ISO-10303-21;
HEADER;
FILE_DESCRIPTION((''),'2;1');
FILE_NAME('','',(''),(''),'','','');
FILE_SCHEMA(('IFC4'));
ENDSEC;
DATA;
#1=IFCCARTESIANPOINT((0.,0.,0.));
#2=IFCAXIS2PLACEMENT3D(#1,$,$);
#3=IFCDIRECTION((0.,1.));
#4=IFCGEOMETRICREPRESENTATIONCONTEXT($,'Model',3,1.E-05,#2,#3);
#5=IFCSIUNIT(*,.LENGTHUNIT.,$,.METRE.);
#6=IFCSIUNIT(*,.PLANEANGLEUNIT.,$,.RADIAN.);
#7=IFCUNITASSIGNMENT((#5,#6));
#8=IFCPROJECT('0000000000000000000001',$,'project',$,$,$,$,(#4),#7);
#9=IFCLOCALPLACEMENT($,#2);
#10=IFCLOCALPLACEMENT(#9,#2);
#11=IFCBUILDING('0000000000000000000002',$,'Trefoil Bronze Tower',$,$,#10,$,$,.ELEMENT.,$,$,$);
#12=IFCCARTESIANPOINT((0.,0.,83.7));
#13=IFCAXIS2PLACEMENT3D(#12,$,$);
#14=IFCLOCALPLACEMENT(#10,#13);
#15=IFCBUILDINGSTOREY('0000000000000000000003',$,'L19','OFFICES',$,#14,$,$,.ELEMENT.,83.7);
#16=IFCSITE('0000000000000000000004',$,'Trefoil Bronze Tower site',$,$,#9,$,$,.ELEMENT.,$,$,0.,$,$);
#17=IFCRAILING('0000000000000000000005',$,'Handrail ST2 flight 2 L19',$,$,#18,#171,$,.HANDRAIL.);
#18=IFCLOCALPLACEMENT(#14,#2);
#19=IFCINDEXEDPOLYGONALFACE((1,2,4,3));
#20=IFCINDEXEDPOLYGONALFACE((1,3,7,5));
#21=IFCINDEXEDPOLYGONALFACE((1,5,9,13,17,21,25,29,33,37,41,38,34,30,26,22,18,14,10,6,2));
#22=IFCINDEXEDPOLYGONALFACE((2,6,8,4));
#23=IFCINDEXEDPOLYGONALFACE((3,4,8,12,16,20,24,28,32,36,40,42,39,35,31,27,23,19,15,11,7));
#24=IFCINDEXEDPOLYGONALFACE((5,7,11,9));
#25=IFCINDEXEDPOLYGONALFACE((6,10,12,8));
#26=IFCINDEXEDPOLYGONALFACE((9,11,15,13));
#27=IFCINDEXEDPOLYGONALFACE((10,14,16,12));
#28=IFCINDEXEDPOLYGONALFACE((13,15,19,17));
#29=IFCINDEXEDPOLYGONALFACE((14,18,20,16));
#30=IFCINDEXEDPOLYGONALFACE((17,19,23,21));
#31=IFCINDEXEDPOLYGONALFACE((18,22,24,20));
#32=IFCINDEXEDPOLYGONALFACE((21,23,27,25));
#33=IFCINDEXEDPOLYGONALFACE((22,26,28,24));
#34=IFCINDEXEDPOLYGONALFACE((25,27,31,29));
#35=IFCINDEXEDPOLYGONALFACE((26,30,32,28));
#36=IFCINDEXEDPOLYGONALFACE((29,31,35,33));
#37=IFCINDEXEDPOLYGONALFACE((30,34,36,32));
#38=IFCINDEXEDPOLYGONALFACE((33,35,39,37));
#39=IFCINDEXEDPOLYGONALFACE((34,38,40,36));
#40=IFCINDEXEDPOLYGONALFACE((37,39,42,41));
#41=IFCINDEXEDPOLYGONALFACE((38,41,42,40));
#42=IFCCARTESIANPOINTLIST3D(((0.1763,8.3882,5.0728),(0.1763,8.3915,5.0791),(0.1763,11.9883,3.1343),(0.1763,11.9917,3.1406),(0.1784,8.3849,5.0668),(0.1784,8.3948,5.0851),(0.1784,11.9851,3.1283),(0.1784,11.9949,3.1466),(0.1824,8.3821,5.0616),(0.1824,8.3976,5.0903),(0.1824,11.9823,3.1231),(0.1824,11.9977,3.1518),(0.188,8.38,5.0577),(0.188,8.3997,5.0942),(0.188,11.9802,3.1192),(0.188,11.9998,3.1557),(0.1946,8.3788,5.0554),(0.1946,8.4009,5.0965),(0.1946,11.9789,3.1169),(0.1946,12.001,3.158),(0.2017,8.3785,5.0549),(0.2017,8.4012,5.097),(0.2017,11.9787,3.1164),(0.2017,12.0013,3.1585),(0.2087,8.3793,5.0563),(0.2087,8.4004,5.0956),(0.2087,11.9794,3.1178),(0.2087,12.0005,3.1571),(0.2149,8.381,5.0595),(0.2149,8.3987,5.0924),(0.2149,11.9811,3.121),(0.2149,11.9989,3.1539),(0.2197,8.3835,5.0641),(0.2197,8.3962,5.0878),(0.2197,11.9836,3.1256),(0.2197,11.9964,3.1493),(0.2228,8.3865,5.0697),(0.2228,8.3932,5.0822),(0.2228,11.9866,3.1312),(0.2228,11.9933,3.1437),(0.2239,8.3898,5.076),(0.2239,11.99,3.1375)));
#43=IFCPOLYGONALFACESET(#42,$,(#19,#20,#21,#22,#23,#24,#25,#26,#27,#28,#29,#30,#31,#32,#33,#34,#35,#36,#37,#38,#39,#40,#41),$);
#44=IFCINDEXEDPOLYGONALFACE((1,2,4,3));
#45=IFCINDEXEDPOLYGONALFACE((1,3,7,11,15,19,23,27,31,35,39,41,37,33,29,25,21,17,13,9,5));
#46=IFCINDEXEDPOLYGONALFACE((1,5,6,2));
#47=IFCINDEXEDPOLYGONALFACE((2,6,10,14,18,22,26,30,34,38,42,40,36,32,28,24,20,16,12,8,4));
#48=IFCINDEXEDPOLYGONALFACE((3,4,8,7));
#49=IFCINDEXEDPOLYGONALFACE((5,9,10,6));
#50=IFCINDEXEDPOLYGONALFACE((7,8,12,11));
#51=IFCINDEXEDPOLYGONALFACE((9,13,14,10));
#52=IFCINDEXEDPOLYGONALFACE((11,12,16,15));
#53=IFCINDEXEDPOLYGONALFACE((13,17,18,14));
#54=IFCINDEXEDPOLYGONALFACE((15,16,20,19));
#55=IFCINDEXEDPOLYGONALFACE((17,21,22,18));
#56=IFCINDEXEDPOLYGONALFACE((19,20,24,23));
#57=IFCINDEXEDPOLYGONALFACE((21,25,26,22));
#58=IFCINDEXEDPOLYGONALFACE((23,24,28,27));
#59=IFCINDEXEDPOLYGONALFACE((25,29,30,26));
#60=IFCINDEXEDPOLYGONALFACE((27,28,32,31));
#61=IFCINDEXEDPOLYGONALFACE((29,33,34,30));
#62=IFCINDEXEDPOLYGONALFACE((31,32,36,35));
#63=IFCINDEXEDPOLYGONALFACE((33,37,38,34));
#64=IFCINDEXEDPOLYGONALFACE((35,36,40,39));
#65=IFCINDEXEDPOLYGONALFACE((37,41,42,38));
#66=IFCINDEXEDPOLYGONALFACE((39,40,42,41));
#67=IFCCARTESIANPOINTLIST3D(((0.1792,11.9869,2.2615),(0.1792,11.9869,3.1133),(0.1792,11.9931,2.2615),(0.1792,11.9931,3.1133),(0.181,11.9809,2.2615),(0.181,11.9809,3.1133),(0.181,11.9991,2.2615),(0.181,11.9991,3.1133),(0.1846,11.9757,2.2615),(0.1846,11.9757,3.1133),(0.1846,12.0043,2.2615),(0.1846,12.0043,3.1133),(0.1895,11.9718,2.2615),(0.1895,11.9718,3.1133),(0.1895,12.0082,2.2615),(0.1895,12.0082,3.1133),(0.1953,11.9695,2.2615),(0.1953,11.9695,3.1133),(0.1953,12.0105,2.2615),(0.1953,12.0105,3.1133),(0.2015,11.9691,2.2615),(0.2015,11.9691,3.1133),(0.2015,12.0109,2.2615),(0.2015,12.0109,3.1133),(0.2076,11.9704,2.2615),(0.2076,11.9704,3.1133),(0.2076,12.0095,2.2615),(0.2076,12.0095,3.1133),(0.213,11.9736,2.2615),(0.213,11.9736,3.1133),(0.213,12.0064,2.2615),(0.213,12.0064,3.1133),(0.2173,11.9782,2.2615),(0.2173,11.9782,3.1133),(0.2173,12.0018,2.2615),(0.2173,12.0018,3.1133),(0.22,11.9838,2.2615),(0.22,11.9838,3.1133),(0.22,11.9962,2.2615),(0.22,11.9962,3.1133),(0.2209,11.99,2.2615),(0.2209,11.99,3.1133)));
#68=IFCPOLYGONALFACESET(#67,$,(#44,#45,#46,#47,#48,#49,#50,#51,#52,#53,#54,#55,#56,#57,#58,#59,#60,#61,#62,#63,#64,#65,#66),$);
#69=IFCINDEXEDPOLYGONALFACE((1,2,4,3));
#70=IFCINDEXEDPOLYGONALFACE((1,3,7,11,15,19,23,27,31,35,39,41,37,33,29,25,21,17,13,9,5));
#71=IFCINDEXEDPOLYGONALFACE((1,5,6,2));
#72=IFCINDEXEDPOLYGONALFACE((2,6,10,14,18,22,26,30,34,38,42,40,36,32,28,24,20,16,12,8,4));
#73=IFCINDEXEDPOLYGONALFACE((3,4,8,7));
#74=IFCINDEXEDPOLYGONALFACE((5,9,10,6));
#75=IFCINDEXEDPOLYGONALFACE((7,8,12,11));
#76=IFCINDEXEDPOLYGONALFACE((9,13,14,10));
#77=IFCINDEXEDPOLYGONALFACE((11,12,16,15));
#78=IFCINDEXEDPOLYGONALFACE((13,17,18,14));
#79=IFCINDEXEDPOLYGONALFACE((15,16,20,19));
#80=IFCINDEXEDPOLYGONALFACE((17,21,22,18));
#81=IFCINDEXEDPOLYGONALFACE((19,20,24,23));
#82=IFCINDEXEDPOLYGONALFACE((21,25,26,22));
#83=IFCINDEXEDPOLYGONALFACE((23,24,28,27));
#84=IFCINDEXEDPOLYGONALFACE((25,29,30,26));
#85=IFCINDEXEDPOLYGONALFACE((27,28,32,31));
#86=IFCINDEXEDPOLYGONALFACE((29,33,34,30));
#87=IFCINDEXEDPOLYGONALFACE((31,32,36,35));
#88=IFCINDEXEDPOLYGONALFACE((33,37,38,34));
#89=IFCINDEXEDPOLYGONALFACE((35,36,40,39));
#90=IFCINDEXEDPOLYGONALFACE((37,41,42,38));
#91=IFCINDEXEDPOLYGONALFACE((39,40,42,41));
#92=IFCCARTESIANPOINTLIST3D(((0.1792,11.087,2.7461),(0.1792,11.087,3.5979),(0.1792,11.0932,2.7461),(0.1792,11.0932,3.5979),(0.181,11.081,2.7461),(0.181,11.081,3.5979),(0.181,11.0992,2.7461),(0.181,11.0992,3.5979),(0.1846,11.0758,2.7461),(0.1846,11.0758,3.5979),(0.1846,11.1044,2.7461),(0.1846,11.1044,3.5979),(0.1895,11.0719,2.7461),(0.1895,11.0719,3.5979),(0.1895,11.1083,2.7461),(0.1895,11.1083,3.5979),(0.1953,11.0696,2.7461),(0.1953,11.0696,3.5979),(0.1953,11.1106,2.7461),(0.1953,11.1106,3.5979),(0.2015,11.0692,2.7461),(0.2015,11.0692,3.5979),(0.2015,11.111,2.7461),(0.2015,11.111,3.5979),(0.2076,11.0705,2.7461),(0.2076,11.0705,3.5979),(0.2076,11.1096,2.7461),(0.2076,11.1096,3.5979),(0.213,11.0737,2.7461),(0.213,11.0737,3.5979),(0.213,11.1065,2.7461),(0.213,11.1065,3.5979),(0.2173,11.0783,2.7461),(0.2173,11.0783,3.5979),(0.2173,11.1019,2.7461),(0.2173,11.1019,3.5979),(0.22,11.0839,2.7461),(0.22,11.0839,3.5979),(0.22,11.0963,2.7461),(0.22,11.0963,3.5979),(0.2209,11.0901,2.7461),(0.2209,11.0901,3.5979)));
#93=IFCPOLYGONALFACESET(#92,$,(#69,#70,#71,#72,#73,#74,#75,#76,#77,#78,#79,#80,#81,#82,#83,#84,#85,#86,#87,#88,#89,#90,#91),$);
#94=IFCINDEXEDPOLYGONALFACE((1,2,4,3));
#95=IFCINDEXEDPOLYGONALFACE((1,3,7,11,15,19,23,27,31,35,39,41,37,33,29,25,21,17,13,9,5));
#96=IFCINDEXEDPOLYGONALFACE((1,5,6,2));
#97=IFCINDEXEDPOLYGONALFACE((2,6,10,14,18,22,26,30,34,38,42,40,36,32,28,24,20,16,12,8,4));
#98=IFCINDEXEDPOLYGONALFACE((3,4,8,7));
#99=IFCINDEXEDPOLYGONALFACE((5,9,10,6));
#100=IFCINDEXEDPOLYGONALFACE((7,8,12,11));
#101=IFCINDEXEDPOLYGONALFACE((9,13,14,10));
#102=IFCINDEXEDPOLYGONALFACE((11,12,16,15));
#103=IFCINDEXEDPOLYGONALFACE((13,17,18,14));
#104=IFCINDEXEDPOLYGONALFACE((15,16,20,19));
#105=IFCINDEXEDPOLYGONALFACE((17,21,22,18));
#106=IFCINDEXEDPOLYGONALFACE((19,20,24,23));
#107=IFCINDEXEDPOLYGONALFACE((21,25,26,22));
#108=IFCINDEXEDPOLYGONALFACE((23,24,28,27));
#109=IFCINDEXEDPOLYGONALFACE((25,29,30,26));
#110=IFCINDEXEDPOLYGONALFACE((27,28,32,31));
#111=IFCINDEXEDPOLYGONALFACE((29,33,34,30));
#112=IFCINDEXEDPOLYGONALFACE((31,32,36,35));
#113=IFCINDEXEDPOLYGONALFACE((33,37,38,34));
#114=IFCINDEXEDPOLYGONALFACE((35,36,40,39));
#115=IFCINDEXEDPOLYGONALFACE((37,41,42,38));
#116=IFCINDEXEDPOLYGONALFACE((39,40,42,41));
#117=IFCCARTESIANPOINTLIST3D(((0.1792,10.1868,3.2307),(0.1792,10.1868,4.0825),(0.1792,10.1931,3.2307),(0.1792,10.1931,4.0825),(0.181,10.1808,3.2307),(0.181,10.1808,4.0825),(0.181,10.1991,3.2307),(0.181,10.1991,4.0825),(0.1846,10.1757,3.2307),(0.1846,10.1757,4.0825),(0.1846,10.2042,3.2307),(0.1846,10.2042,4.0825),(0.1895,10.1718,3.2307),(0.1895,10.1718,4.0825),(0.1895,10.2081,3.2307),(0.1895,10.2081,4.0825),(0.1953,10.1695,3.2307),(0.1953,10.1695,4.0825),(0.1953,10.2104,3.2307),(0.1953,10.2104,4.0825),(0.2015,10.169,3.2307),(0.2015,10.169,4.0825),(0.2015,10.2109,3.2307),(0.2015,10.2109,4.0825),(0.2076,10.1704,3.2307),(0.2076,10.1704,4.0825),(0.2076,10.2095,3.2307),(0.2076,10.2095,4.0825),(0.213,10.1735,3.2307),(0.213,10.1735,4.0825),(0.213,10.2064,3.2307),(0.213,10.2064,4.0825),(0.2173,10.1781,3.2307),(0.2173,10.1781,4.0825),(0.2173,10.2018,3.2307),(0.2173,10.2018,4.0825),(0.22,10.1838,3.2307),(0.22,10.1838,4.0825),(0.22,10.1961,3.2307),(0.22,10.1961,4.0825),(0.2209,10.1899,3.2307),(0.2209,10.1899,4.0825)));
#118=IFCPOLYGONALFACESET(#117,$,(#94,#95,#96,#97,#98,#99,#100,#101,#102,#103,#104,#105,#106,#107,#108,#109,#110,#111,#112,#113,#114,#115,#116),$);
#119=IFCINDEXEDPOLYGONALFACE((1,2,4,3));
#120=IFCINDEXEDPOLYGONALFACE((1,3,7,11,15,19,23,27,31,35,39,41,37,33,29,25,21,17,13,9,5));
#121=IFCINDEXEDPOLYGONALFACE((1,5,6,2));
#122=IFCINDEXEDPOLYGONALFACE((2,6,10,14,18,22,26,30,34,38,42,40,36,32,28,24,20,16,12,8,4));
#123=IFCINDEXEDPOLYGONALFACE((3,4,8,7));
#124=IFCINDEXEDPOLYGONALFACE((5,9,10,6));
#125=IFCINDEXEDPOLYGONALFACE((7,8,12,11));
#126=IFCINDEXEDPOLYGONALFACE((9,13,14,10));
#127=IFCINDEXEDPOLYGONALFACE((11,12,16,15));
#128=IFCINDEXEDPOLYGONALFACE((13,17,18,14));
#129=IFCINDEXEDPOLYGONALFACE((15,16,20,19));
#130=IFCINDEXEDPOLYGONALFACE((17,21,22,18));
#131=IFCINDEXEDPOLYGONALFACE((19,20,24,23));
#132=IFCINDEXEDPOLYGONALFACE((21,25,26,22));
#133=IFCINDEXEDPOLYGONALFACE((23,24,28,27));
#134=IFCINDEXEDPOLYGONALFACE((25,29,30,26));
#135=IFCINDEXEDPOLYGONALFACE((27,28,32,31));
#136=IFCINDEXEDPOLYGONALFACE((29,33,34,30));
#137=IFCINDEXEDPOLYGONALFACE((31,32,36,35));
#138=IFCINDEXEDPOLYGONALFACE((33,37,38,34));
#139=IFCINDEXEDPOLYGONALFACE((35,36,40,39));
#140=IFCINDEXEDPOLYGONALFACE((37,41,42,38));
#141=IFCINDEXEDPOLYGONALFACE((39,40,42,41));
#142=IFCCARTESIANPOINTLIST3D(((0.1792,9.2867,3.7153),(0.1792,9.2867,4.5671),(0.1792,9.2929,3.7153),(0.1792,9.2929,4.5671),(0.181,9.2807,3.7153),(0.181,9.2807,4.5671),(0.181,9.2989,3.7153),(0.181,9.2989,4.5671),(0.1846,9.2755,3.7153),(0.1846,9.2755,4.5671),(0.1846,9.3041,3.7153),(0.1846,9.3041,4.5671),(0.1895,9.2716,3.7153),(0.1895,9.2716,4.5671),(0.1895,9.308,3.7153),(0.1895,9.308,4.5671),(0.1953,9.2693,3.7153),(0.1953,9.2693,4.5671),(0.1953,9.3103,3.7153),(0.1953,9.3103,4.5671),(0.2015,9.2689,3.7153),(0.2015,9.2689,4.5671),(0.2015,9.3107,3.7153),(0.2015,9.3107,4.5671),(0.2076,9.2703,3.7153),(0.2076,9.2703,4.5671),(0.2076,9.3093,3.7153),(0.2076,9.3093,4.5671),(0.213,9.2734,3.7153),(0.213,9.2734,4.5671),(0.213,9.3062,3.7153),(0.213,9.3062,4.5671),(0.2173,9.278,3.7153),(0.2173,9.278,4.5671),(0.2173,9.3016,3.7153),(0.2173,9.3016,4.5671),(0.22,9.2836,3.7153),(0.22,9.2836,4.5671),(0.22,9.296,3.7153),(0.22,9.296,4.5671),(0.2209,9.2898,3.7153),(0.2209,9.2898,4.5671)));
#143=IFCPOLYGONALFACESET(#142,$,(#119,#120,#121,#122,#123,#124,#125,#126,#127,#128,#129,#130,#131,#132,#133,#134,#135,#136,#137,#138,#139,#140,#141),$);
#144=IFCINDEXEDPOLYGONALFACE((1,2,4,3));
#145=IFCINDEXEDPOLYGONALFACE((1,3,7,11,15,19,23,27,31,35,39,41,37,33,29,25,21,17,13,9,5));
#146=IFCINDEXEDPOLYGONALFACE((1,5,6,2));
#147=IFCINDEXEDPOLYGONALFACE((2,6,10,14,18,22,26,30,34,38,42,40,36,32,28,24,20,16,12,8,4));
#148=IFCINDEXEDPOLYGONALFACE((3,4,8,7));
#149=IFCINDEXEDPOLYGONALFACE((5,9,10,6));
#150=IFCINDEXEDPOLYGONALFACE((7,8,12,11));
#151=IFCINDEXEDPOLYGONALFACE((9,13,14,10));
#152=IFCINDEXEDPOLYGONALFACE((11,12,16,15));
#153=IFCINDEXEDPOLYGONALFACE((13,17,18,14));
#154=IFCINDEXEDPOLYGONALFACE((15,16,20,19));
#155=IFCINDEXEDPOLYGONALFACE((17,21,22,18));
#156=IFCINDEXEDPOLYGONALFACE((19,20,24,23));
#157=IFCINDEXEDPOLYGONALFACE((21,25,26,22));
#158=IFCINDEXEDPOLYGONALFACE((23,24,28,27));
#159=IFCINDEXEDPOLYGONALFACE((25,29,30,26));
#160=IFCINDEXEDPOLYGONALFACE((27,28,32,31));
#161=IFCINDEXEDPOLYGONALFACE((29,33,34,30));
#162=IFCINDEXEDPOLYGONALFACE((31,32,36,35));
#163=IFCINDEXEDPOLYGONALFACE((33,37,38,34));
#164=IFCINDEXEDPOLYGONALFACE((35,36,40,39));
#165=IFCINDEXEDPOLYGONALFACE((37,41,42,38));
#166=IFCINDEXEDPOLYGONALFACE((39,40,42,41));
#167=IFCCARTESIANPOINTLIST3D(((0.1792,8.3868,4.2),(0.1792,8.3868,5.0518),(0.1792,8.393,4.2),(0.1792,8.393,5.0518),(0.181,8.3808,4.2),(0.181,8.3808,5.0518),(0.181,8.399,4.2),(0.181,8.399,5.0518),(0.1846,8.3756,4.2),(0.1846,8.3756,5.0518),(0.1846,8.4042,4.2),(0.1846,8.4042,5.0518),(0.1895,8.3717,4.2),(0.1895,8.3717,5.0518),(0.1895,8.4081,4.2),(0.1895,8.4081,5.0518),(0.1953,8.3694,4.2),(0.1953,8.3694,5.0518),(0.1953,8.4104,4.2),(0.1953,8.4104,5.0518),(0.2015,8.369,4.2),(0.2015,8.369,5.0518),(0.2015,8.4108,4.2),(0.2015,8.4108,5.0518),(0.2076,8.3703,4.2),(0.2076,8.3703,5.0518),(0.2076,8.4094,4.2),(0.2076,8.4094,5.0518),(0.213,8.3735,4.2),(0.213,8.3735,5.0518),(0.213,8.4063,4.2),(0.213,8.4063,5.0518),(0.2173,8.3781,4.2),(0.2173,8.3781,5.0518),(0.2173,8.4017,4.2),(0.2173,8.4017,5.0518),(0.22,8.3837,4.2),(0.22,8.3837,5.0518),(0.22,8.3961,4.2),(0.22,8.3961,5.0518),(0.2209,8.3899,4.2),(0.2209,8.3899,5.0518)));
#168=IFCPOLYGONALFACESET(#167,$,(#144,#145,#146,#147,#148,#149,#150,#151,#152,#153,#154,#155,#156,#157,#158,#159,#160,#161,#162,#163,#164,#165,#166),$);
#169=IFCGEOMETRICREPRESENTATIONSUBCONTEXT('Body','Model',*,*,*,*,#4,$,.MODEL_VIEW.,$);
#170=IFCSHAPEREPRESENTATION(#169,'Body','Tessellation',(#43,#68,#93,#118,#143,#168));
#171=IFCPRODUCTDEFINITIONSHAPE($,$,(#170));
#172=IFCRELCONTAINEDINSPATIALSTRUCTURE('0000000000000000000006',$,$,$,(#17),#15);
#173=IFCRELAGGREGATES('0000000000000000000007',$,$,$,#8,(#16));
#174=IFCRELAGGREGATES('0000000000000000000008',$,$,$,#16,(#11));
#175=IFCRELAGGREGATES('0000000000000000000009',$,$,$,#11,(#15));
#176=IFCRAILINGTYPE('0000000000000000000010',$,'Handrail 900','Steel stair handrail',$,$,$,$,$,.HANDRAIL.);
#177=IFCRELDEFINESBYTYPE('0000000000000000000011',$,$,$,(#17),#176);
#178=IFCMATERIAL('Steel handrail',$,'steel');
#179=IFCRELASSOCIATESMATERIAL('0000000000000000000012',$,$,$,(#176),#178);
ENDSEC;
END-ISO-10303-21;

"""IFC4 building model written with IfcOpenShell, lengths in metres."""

from ifc_helpers import new_model, si_unit, direction, frame, origin, origin_2d, place, context, subcontext, project, spatial, circle, extrude, material, type_object, element, save


model = new_model("IFC4")

# Units and contexts
model_context = context("Model", 3, precision=1e-05, world=origin(), true_north=direction((0.0, 1.0)))
body_context = subcontext(model_context, "Body", "Model", "MODEL_VIEW")
ifc_project = project(units=[si_unit("LENGTHUNIT", "METRE"), si_unit("PLANEANGLEUNIT", "RADIAN")], contexts=[model_context])

# Site, building, storey
site_placement = place(None, origin())
site = spatial("IfcSite", under=ifc_project, at=site_placement, Name="Trefoil Bronze Tower site", CompositionType="ELEMENT", RefElevation=0.0)
building_placement = place(site_placement, origin())
building = spatial("IfcBuilding", under=site, at=building_placement, Name="Trefoil Bronze Tower", CompositionType="ELEMENT")
storey_placement = place(building_placement, frame((0.0, 0.0, 83.7)))
storey = spatial("IfcBuildingStorey", under=building, at=storey_placement, Name="L19", Description="OFFICES", CompositionType="ELEMENT", Elevation=83.7)

# Railing
ifc_material_1 = material(Name="Steel handrail", Category="steel")
railing_type = type_object("IfcRailingType", Name="Handrail 900", Description="Steel stair handrail", PredefinedType="HANDRAIL", material=ifc_material_1)
railing_placement = place(storey_placement, frame((0.2, 11.99, 2.2615)))
element("IfcRailing", 1, at=railing_placement, inside=storey, type_object=railing_type, Name="Handrail ST2 flight 2 L19", PredefinedType="HANDRAIL", context=body_context, shape_type="SweptSolid", body=[
    extrude(circle(Radius=0.0239, at=origin_2d()), frame((0.0, 0.0, 0.876), z_axis=(0.0, -0.880475, 0.474093), x_axis=(1.0, 0.0, 0.0)), (0.0, 0.0, 1.0), 4.0889),
    extrude(circle(Radius=0.021, at=origin_2d()), origin(), (0.0, 0.0, 1.0), 0.8518),
    extrude(circle(Radius=0.021, at=origin_2d()), frame((0.0, -0.8999, 0.4846)), (0.0, 0.0, 1.0), 0.8518),
    extrude(circle(Radius=0.021, at=origin_2d()), frame((0.0, -1.8, 0.9692)), (0.0, 0.0, 1.0), 0.8518),
    extrude(circle(Radius=0.021, at=origin_2d()), frame((0.0, -2.7002, 1.4539)), (0.0, 0.0, 1.0), 0.8518),
    extrude(circle(Radius=0.021, at=origin_2d()), frame((0.0, -3.6001, 1.9385)), (0.0, 0.0, 1.0), 0.8518),
])

save(model, "model.ifc")
